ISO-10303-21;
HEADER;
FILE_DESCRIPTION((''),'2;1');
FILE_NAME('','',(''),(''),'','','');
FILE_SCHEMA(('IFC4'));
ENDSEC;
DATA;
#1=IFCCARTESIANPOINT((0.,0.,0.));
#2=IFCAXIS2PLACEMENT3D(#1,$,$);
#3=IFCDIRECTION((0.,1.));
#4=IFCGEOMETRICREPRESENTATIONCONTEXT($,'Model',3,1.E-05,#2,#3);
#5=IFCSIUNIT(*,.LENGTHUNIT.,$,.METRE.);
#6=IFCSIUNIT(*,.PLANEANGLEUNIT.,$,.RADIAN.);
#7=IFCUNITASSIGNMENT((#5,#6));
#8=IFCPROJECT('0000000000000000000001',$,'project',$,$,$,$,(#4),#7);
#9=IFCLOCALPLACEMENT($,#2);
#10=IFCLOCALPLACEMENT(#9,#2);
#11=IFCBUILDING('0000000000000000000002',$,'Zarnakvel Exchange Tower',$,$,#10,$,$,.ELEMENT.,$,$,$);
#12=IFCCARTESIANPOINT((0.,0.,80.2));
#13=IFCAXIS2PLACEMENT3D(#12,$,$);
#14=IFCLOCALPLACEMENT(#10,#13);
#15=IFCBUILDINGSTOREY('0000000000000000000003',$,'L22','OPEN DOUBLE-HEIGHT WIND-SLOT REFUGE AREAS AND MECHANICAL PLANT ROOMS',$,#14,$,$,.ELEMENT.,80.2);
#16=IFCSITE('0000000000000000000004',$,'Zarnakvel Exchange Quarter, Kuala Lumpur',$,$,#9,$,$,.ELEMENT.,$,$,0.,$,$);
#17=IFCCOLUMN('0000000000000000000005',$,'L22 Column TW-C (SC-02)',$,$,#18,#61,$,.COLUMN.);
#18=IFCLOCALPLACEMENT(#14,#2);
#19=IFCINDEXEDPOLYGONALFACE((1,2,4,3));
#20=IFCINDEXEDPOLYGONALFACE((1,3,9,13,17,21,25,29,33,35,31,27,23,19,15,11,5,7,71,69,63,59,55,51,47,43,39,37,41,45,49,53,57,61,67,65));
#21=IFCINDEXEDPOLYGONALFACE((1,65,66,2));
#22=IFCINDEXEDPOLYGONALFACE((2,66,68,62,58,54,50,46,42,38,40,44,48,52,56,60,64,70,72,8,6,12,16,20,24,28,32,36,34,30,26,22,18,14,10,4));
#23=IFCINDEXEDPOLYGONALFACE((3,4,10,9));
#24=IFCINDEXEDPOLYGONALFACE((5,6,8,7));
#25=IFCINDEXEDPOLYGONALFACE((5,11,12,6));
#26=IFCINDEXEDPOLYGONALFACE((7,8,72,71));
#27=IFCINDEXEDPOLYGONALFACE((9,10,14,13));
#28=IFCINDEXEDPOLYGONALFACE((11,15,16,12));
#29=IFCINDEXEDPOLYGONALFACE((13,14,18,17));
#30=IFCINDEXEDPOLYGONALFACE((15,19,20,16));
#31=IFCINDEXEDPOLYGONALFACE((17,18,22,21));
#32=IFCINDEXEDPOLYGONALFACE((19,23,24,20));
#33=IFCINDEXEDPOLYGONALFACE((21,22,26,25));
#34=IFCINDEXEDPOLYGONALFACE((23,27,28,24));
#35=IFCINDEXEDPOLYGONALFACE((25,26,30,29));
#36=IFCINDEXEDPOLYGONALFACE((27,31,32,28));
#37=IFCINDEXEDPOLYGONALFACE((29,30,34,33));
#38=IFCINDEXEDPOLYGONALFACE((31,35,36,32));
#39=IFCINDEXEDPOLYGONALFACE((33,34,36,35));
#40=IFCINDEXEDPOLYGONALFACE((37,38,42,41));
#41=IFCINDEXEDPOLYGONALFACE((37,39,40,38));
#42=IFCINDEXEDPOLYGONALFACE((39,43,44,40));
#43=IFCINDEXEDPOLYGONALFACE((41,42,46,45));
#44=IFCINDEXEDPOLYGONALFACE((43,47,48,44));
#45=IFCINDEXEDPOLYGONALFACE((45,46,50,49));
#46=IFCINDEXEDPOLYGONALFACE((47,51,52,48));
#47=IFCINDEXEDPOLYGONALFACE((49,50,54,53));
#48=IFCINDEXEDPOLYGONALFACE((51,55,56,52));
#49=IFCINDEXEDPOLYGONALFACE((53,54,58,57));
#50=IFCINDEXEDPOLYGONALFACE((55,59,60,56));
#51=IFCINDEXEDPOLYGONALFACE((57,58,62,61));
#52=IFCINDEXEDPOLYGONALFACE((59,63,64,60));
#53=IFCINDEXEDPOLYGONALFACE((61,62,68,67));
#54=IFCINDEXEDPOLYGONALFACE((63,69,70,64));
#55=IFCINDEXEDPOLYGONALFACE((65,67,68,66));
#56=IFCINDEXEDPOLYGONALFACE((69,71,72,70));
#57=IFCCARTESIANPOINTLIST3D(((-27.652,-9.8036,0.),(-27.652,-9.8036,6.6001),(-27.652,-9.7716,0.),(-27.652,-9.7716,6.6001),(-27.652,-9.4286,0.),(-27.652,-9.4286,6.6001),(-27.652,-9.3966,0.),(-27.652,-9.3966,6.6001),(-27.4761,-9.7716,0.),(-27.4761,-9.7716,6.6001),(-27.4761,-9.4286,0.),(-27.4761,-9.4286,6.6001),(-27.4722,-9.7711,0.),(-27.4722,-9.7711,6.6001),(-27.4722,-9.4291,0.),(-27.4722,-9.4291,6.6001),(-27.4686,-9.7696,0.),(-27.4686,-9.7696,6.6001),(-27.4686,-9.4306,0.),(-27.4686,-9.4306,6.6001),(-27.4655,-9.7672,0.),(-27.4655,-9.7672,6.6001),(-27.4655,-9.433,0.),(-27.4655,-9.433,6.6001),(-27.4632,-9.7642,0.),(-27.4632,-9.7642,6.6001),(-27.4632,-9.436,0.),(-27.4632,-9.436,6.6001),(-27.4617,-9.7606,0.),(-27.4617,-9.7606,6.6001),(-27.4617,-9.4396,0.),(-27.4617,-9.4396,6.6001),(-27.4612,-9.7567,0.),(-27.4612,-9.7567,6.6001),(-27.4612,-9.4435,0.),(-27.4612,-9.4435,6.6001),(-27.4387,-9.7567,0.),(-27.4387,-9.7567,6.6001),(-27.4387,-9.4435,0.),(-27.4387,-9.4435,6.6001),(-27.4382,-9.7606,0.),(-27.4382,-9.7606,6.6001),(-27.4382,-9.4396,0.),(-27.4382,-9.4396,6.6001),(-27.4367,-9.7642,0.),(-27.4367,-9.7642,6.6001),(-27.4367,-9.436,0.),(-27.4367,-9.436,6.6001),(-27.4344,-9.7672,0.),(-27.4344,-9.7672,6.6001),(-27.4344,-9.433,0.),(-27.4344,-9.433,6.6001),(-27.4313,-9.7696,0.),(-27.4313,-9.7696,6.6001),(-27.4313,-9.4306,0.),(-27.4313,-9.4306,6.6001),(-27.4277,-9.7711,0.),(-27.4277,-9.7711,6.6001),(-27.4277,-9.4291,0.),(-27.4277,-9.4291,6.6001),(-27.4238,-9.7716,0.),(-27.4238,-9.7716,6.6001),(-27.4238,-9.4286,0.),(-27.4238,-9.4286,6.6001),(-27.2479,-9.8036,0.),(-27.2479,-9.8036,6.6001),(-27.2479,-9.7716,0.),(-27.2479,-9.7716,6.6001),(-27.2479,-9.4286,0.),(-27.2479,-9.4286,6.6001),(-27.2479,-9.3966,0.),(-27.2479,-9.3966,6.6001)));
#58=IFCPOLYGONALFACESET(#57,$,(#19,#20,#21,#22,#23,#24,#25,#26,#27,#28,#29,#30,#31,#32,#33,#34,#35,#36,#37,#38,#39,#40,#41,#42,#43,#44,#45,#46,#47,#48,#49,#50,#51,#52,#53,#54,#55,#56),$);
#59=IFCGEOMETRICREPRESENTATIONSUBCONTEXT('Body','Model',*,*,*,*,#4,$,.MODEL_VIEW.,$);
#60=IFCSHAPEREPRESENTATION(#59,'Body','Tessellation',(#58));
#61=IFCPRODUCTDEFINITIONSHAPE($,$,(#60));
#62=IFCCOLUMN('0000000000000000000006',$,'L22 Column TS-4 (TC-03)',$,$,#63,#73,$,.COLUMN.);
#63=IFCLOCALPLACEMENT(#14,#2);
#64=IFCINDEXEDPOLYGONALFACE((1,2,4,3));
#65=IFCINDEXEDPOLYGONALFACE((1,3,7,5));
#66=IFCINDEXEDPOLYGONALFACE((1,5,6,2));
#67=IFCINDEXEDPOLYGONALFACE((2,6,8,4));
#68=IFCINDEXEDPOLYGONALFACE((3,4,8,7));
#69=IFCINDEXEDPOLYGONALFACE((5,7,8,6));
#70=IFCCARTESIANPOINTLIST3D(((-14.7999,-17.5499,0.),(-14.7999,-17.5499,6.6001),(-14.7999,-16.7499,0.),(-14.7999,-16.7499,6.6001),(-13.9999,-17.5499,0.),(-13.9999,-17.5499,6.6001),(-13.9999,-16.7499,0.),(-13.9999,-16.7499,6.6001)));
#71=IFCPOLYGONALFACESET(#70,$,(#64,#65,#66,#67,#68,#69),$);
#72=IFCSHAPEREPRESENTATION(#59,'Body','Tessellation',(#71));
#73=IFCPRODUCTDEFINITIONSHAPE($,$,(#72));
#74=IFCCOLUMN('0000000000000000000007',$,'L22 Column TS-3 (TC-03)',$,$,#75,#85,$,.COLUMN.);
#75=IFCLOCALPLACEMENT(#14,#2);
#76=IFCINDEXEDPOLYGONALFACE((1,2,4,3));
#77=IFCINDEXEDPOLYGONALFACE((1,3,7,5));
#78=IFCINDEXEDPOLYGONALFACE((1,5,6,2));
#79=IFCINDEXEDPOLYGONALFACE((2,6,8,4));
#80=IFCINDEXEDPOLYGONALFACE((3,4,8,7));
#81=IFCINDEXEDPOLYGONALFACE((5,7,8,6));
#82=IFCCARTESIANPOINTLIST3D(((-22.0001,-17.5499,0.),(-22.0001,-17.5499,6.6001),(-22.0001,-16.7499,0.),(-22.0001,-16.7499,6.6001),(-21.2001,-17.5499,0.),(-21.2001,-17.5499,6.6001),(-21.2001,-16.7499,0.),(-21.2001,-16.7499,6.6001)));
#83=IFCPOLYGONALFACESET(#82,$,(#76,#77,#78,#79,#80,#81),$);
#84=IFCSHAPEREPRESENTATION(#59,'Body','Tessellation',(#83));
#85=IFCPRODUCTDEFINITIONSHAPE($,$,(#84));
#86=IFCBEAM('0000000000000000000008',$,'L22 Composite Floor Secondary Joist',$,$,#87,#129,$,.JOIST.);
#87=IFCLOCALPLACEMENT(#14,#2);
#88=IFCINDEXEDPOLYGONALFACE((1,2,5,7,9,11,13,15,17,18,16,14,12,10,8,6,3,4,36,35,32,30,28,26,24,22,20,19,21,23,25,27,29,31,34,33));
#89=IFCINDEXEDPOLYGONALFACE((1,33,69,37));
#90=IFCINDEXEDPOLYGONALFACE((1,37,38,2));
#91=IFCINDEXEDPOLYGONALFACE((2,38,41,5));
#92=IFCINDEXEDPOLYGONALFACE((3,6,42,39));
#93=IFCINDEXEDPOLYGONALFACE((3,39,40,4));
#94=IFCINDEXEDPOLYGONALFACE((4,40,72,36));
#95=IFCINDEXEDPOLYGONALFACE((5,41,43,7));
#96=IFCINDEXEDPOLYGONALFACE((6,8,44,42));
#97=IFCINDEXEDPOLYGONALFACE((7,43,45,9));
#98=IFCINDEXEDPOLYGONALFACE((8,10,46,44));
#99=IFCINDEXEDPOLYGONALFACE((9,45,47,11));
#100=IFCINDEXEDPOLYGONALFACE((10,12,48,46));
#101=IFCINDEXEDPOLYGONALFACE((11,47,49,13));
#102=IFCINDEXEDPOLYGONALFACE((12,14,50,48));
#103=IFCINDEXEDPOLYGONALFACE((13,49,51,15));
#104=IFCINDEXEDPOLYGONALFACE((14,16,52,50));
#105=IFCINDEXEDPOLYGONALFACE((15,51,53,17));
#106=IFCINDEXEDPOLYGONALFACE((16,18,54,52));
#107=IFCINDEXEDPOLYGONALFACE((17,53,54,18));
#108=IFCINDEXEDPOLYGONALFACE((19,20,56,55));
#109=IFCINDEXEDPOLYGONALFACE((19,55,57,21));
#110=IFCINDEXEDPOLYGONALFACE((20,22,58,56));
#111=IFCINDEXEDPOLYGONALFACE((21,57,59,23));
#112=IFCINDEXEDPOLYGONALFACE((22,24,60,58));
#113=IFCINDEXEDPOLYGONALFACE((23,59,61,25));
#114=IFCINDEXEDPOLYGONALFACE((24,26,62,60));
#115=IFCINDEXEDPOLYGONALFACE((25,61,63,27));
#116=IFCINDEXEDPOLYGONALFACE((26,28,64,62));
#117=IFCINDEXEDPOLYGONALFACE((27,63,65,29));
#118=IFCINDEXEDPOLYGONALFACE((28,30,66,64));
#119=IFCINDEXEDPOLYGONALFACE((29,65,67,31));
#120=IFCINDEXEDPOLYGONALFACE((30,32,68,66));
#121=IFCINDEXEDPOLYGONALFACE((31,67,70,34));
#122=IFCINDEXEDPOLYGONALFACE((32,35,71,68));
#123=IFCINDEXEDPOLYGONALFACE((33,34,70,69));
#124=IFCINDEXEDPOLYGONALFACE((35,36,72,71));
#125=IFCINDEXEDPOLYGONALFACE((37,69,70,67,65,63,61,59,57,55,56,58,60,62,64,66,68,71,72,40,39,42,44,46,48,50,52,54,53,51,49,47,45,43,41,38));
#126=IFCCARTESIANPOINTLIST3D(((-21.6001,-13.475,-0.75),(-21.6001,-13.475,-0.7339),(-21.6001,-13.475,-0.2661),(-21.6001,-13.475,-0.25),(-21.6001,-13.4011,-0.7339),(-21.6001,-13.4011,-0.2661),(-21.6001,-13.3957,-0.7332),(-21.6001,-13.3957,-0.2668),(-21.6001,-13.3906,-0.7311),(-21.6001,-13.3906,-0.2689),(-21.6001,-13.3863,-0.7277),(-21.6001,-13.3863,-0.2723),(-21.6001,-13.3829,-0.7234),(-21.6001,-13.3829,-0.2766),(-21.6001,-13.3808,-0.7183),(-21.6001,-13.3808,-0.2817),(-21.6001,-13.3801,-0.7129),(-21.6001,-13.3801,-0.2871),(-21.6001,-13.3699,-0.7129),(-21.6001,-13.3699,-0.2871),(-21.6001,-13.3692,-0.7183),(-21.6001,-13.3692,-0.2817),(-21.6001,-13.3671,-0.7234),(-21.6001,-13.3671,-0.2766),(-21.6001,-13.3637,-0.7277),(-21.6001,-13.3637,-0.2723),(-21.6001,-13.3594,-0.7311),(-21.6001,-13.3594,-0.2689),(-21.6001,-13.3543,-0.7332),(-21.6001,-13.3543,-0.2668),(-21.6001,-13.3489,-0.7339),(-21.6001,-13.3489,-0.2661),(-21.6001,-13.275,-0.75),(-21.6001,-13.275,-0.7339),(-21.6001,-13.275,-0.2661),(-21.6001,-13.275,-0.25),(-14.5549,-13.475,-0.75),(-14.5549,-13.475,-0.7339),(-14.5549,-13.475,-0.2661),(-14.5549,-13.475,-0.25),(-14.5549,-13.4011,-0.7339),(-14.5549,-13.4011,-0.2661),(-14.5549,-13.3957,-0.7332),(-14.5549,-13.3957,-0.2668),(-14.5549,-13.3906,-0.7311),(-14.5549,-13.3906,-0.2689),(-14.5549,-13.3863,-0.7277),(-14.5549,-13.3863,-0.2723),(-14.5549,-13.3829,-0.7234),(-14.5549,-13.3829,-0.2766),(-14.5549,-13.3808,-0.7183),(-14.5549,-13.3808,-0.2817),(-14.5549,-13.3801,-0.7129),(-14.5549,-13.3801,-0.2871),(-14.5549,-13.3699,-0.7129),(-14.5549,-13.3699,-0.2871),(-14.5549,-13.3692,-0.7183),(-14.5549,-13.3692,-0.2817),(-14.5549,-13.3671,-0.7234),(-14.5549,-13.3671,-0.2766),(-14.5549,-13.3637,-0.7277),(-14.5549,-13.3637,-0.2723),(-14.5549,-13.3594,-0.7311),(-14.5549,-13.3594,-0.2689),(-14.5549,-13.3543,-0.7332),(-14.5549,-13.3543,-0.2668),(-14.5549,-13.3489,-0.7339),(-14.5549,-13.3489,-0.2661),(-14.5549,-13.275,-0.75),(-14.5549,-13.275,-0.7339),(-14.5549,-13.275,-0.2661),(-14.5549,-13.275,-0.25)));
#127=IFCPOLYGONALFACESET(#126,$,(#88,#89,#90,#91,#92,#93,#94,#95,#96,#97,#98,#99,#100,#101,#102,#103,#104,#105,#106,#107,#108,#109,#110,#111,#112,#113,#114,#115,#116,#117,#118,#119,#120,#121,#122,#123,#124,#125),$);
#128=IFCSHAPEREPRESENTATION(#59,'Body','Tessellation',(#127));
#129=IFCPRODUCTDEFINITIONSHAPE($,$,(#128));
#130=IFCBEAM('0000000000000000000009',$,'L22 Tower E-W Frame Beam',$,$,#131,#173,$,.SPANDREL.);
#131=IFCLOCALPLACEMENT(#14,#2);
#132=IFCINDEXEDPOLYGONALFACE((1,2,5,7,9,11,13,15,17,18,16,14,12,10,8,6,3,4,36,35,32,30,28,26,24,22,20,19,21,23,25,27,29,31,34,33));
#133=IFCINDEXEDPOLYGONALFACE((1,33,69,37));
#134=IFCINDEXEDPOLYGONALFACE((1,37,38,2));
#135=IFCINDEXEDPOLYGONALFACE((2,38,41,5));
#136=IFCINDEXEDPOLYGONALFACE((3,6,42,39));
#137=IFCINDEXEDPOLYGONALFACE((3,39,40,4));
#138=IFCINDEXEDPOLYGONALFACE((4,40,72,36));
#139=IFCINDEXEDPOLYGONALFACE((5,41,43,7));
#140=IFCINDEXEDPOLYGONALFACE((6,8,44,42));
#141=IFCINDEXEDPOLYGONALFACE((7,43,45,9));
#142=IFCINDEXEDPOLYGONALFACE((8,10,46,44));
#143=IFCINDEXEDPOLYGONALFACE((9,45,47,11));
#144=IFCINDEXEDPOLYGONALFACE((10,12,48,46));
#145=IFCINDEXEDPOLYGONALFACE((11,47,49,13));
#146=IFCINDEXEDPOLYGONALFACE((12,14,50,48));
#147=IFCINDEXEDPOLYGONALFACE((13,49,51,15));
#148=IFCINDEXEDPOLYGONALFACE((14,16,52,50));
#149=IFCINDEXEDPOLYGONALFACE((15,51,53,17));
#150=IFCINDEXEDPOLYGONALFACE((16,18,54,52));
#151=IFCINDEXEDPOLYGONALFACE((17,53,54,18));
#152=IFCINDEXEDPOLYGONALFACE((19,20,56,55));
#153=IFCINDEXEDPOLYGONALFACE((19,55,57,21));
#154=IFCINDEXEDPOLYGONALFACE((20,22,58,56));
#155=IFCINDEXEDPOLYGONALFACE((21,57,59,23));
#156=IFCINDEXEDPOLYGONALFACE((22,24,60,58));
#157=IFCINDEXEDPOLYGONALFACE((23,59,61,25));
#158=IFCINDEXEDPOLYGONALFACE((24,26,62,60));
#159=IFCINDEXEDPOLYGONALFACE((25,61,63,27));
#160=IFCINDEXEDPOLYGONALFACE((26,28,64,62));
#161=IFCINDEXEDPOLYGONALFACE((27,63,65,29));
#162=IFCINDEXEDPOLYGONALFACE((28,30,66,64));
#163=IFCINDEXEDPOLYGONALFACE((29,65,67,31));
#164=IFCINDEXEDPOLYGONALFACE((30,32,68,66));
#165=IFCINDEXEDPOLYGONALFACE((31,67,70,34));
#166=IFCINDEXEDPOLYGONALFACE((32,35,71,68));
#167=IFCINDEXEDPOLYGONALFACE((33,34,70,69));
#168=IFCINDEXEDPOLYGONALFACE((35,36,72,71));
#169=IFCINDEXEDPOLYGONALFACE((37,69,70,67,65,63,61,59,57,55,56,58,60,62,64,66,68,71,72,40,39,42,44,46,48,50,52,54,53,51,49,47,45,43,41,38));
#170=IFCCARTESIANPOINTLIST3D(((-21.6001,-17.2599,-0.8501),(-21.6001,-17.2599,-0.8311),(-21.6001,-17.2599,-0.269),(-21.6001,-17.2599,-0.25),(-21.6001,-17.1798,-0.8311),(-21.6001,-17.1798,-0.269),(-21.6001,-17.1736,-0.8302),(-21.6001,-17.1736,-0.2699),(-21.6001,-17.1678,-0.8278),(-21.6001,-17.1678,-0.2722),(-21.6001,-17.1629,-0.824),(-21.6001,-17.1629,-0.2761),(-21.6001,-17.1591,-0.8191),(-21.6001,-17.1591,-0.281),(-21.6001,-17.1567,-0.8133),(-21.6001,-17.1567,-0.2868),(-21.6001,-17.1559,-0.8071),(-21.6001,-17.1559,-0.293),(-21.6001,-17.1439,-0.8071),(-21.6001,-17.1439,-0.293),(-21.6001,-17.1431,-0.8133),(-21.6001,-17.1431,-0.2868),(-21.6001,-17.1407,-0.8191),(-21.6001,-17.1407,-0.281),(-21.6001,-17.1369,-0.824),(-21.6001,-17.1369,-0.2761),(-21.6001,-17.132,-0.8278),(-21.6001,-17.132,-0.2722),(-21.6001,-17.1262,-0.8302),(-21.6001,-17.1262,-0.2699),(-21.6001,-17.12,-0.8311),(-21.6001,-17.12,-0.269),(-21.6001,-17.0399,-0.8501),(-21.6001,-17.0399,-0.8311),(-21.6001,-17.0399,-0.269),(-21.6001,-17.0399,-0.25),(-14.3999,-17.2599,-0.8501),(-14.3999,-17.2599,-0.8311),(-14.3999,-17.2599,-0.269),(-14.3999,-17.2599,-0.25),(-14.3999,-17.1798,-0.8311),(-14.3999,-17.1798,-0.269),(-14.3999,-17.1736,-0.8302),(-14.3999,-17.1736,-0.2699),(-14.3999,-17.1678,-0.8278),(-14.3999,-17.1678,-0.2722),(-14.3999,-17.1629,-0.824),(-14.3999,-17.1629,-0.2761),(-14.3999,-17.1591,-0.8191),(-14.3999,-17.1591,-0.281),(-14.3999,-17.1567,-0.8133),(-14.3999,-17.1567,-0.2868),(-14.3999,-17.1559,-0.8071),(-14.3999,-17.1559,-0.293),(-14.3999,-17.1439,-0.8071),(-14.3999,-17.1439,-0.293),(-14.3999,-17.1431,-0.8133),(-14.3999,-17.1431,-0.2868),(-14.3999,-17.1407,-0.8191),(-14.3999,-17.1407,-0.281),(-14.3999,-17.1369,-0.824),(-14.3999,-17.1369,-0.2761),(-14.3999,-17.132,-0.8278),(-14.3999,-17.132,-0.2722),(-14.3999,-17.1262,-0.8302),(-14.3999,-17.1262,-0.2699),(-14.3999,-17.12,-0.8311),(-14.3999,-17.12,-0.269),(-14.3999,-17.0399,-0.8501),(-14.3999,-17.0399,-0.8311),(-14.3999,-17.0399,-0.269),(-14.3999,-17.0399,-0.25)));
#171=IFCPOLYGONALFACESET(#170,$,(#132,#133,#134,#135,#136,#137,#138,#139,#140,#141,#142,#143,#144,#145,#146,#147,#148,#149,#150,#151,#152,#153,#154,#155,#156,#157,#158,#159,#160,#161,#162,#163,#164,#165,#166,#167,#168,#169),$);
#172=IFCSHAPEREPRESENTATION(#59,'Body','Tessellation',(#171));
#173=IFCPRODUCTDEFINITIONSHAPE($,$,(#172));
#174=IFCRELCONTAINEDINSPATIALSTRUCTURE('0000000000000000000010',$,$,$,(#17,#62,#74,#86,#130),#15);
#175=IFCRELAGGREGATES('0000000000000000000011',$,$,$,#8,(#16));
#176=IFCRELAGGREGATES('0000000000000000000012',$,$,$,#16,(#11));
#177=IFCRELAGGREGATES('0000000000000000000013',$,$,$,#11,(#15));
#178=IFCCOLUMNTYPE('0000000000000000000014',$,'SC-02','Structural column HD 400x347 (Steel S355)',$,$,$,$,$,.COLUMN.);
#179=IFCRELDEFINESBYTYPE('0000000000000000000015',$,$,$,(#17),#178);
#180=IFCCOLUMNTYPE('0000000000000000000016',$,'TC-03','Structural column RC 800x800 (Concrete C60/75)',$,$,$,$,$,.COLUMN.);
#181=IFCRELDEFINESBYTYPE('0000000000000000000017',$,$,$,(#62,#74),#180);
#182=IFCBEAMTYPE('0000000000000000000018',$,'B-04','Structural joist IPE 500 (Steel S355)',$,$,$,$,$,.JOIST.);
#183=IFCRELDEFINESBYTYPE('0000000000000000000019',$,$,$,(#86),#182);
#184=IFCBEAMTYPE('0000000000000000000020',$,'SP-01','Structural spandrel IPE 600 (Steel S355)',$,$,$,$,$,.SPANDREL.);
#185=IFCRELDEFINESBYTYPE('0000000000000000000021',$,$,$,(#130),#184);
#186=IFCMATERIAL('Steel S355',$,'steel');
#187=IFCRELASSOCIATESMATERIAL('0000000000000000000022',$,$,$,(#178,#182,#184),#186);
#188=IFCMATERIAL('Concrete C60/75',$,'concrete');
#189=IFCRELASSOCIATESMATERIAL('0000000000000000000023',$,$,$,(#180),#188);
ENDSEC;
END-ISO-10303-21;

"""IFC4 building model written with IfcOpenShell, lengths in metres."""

from ifc_helpers import new_model, si_unit, direction, frame, origin, origin_2d, place, context, subcontext, project, spatial, rectangle, i_section, extrude, material, material_profile, profile_set, type_object, element, save


model = new_model("IFC4")

# Units and contexts
model_context = context("Model", 3, precision=1e-05, world=origin(), true_north=direction((0.0, 1.0)))
body_context = subcontext(model_context, "Body", "Model", "MODEL_VIEW")
ifc_project = project(units=[si_unit("LENGTHUNIT", "METRE"), si_unit("PLANEANGLEUNIT", "RADIAN")], contexts=[model_context])

# Site, building, storey
site_placement = place(None, origin())
site = spatial("IfcSite", under=ifc_project, at=site_placement, Name="Zarnakvel Exchange Quarter, Kuala Lumpur", CompositionType="ELEMENT", RefElevation=0.0)
building_placement = place(site_placement, origin())
building = spatial("IfcBuilding", under=site, at=building_placement, Name="Zarnakvel Exchange Tower", CompositionType="ELEMENT")
storey_placement = place(building_placement, frame((0.0, 0.0, 80.2)))
storey = spatial("IfcBuildingStorey", under=building, at=storey_placement, Name="L22", Description="OPEN DOUBLE-HEIGHT WIND-SLOT REFUGE AREAS AND MECHANICAL PLANT ROOMS", CompositionType="ELEMENT", Elevation=80.2)

# Columns
ifc_material_1 = material(Name="Steel S355", Category="steel")
ifc_material_profile_1 = material_profile(ifc_material_1, i_section(OverallWidth=0.4041, OverallDepth=0.407, WebThickness=0.0225, FlangeThickness=0.032, FilletRadius=0.0149, at=origin_2d()))
ifc_profile_set_1 = profile_set([ifc_material_profile_1], Name="Steel S355")
column_type_1 = type_object("IfcColumnType", Name="SC-02", Description="Structural column HD 400x347 (Steel S355)", PredefinedType="COLUMN", material=ifc_profile_set_1)
column_placement = place(storey_placement, frame((-27.45, -9.6001, 0.0), z_axis=(0.0, 0.0, 1.0), x_axis=(1.0, 0.0, 0.0)))
element("IfcColumn", 1, at=column_placement, inside=storey, type_object=column_type_1, Name="L22 Column TW-C (SC-02)", PredefinedType="COLUMN", context=body_context, shape_type="SweptSolid", body=[
    extrude(i_section(OverallWidth=0.4041, OverallDepth=0.407, WebThickness=0.0225, FlangeThickness=0.032, FilletRadius=0.0149, at=origin_2d()), origin(), (0.0, 0.0, 1.0), 6.6001),
])
ifc_material_2 = material(Name="Concrete C60/75", Category="concrete")
ifc_material_profile_2 = material_profile(ifc_material_2, rectangle(XDim=0.8, YDim=0.8, at=origin_2d()))
ifc_profile_set_2 = profile_set([ifc_material_profile_2], Name="Concrete C60/75")
column_type_2 = type_object("IfcColumnType", Name="TC-03", Description="Structural column RC 800x800 (Concrete C60/75)", PredefinedType="COLUMN", material=ifc_profile_set_2)
for number, where, z_axis, x_axis, name in (
    (2, (-14.3999, -17.1499, 0.0), (0.0, 0.0, 1.0), (1.0, 0.0, 0.0), "L22 Column TS-4 (TC-03)"),
    (3, (-21.6001, -17.1499, 0.0), (0.0, 0.0, 1.0), (1.0, 0.0, 0.0), "L22 Column TS-3 (TC-03)"),
):
    element("IfcColumn", number, at=place(storey_placement, frame(where, z_axis=z_axis, x_axis=x_axis)), inside=storey, type_object=column_type_2, Name=name, PredefinedType="COLUMN", context=body_context, shape_type="SweptSolid", body=[
        extrude(rectangle(XDim=0.8, YDim=0.8, at=origin_2d()), origin(), (0.0, 0.0, 1.0), 6.6001),
    ])

# Beams
ifc_material_profile_3 = material_profile(ifc_material_1, i_section(OverallWidth=0.2, OverallDepth=0.5, WebThickness=0.0103, FlangeThickness=0.0161, FilletRadius=0.021, at=origin_2d()))
ifc_profile_set_3 = profile_set([ifc_material_profile_3], Name="Steel S355")
beam_type_1 = type_object("IfcBeamType", Name="B-04", Description="Structural joist IPE 500 (Steel S355)", PredefinedType="JOIST", material=ifc_profile_set_3)
beam_1_placement = place(storey_placement, frame((-21.6001, -13.375, -0.5), z_axis=(1.0, 0.0, 0.0), x_axis=(0.0, 1.0, 0.0)))
element("IfcBeam", 4, at=beam_1_placement, inside=storey, type_object=beam_type_1, Name="L22 Composite Floor Secondary Joist", PredefinedType="JOIST", context=body_context, shape_type="SweptSolid", body=[
    extrude(i_section(OverallWidth=0.2, OverallDepth=0.5, WebThickness=0.0103, FlangeThickness=0.0161, FilletRadius=0.021, at=origin_2d()), origin(), (0.0, 0.0, 1.0), 7.0452),
])
ifc_material_profile_4 = material_profile(ifc_material_1, i_section(OverallWidth=0.22, OverallDepth=0.6001, WebThickness=0.012, FlangeThickness=0.019, FilletRadius=0.0239, at=origin_2d()))
ifc_profile_set_4 = profile_set([ifc_material_profile_4], Name="Steel S355")
beam_type_2 = type_object("IfcBeamType", Name="SP-01", Description="Structural spandrel IPE 600 (Steel S355)", PredefinedType="SPANDREL", material=ifc_profile_set_4)
beam_2_placement = place(storey_placement, frame((-21.6001, -17.1499, -0.55), z_axis=(1.0, 0.0, 0.0), x_axis=(0.0, 1.0, 0.0)))
element("IfcBeam", 5, at=beam_2_placement, inside=storey, type_object=beam_type_2, Name="L22 Tower E-W Frame Beam", PredefinedType="SPANDREL", context=body_context, shape_type="SweptSolid", body=[
    extrude(i_section(OverallWidth=0.22, OverallDepth=0.6001, WebThickness=0.012, FlangeThickness=0.019, FilletRadius=0.0239, at=origin_2d()), origin(), (0.0, 0.0, 1.0), 7.2002),
])

save(model, "model.ifc")
